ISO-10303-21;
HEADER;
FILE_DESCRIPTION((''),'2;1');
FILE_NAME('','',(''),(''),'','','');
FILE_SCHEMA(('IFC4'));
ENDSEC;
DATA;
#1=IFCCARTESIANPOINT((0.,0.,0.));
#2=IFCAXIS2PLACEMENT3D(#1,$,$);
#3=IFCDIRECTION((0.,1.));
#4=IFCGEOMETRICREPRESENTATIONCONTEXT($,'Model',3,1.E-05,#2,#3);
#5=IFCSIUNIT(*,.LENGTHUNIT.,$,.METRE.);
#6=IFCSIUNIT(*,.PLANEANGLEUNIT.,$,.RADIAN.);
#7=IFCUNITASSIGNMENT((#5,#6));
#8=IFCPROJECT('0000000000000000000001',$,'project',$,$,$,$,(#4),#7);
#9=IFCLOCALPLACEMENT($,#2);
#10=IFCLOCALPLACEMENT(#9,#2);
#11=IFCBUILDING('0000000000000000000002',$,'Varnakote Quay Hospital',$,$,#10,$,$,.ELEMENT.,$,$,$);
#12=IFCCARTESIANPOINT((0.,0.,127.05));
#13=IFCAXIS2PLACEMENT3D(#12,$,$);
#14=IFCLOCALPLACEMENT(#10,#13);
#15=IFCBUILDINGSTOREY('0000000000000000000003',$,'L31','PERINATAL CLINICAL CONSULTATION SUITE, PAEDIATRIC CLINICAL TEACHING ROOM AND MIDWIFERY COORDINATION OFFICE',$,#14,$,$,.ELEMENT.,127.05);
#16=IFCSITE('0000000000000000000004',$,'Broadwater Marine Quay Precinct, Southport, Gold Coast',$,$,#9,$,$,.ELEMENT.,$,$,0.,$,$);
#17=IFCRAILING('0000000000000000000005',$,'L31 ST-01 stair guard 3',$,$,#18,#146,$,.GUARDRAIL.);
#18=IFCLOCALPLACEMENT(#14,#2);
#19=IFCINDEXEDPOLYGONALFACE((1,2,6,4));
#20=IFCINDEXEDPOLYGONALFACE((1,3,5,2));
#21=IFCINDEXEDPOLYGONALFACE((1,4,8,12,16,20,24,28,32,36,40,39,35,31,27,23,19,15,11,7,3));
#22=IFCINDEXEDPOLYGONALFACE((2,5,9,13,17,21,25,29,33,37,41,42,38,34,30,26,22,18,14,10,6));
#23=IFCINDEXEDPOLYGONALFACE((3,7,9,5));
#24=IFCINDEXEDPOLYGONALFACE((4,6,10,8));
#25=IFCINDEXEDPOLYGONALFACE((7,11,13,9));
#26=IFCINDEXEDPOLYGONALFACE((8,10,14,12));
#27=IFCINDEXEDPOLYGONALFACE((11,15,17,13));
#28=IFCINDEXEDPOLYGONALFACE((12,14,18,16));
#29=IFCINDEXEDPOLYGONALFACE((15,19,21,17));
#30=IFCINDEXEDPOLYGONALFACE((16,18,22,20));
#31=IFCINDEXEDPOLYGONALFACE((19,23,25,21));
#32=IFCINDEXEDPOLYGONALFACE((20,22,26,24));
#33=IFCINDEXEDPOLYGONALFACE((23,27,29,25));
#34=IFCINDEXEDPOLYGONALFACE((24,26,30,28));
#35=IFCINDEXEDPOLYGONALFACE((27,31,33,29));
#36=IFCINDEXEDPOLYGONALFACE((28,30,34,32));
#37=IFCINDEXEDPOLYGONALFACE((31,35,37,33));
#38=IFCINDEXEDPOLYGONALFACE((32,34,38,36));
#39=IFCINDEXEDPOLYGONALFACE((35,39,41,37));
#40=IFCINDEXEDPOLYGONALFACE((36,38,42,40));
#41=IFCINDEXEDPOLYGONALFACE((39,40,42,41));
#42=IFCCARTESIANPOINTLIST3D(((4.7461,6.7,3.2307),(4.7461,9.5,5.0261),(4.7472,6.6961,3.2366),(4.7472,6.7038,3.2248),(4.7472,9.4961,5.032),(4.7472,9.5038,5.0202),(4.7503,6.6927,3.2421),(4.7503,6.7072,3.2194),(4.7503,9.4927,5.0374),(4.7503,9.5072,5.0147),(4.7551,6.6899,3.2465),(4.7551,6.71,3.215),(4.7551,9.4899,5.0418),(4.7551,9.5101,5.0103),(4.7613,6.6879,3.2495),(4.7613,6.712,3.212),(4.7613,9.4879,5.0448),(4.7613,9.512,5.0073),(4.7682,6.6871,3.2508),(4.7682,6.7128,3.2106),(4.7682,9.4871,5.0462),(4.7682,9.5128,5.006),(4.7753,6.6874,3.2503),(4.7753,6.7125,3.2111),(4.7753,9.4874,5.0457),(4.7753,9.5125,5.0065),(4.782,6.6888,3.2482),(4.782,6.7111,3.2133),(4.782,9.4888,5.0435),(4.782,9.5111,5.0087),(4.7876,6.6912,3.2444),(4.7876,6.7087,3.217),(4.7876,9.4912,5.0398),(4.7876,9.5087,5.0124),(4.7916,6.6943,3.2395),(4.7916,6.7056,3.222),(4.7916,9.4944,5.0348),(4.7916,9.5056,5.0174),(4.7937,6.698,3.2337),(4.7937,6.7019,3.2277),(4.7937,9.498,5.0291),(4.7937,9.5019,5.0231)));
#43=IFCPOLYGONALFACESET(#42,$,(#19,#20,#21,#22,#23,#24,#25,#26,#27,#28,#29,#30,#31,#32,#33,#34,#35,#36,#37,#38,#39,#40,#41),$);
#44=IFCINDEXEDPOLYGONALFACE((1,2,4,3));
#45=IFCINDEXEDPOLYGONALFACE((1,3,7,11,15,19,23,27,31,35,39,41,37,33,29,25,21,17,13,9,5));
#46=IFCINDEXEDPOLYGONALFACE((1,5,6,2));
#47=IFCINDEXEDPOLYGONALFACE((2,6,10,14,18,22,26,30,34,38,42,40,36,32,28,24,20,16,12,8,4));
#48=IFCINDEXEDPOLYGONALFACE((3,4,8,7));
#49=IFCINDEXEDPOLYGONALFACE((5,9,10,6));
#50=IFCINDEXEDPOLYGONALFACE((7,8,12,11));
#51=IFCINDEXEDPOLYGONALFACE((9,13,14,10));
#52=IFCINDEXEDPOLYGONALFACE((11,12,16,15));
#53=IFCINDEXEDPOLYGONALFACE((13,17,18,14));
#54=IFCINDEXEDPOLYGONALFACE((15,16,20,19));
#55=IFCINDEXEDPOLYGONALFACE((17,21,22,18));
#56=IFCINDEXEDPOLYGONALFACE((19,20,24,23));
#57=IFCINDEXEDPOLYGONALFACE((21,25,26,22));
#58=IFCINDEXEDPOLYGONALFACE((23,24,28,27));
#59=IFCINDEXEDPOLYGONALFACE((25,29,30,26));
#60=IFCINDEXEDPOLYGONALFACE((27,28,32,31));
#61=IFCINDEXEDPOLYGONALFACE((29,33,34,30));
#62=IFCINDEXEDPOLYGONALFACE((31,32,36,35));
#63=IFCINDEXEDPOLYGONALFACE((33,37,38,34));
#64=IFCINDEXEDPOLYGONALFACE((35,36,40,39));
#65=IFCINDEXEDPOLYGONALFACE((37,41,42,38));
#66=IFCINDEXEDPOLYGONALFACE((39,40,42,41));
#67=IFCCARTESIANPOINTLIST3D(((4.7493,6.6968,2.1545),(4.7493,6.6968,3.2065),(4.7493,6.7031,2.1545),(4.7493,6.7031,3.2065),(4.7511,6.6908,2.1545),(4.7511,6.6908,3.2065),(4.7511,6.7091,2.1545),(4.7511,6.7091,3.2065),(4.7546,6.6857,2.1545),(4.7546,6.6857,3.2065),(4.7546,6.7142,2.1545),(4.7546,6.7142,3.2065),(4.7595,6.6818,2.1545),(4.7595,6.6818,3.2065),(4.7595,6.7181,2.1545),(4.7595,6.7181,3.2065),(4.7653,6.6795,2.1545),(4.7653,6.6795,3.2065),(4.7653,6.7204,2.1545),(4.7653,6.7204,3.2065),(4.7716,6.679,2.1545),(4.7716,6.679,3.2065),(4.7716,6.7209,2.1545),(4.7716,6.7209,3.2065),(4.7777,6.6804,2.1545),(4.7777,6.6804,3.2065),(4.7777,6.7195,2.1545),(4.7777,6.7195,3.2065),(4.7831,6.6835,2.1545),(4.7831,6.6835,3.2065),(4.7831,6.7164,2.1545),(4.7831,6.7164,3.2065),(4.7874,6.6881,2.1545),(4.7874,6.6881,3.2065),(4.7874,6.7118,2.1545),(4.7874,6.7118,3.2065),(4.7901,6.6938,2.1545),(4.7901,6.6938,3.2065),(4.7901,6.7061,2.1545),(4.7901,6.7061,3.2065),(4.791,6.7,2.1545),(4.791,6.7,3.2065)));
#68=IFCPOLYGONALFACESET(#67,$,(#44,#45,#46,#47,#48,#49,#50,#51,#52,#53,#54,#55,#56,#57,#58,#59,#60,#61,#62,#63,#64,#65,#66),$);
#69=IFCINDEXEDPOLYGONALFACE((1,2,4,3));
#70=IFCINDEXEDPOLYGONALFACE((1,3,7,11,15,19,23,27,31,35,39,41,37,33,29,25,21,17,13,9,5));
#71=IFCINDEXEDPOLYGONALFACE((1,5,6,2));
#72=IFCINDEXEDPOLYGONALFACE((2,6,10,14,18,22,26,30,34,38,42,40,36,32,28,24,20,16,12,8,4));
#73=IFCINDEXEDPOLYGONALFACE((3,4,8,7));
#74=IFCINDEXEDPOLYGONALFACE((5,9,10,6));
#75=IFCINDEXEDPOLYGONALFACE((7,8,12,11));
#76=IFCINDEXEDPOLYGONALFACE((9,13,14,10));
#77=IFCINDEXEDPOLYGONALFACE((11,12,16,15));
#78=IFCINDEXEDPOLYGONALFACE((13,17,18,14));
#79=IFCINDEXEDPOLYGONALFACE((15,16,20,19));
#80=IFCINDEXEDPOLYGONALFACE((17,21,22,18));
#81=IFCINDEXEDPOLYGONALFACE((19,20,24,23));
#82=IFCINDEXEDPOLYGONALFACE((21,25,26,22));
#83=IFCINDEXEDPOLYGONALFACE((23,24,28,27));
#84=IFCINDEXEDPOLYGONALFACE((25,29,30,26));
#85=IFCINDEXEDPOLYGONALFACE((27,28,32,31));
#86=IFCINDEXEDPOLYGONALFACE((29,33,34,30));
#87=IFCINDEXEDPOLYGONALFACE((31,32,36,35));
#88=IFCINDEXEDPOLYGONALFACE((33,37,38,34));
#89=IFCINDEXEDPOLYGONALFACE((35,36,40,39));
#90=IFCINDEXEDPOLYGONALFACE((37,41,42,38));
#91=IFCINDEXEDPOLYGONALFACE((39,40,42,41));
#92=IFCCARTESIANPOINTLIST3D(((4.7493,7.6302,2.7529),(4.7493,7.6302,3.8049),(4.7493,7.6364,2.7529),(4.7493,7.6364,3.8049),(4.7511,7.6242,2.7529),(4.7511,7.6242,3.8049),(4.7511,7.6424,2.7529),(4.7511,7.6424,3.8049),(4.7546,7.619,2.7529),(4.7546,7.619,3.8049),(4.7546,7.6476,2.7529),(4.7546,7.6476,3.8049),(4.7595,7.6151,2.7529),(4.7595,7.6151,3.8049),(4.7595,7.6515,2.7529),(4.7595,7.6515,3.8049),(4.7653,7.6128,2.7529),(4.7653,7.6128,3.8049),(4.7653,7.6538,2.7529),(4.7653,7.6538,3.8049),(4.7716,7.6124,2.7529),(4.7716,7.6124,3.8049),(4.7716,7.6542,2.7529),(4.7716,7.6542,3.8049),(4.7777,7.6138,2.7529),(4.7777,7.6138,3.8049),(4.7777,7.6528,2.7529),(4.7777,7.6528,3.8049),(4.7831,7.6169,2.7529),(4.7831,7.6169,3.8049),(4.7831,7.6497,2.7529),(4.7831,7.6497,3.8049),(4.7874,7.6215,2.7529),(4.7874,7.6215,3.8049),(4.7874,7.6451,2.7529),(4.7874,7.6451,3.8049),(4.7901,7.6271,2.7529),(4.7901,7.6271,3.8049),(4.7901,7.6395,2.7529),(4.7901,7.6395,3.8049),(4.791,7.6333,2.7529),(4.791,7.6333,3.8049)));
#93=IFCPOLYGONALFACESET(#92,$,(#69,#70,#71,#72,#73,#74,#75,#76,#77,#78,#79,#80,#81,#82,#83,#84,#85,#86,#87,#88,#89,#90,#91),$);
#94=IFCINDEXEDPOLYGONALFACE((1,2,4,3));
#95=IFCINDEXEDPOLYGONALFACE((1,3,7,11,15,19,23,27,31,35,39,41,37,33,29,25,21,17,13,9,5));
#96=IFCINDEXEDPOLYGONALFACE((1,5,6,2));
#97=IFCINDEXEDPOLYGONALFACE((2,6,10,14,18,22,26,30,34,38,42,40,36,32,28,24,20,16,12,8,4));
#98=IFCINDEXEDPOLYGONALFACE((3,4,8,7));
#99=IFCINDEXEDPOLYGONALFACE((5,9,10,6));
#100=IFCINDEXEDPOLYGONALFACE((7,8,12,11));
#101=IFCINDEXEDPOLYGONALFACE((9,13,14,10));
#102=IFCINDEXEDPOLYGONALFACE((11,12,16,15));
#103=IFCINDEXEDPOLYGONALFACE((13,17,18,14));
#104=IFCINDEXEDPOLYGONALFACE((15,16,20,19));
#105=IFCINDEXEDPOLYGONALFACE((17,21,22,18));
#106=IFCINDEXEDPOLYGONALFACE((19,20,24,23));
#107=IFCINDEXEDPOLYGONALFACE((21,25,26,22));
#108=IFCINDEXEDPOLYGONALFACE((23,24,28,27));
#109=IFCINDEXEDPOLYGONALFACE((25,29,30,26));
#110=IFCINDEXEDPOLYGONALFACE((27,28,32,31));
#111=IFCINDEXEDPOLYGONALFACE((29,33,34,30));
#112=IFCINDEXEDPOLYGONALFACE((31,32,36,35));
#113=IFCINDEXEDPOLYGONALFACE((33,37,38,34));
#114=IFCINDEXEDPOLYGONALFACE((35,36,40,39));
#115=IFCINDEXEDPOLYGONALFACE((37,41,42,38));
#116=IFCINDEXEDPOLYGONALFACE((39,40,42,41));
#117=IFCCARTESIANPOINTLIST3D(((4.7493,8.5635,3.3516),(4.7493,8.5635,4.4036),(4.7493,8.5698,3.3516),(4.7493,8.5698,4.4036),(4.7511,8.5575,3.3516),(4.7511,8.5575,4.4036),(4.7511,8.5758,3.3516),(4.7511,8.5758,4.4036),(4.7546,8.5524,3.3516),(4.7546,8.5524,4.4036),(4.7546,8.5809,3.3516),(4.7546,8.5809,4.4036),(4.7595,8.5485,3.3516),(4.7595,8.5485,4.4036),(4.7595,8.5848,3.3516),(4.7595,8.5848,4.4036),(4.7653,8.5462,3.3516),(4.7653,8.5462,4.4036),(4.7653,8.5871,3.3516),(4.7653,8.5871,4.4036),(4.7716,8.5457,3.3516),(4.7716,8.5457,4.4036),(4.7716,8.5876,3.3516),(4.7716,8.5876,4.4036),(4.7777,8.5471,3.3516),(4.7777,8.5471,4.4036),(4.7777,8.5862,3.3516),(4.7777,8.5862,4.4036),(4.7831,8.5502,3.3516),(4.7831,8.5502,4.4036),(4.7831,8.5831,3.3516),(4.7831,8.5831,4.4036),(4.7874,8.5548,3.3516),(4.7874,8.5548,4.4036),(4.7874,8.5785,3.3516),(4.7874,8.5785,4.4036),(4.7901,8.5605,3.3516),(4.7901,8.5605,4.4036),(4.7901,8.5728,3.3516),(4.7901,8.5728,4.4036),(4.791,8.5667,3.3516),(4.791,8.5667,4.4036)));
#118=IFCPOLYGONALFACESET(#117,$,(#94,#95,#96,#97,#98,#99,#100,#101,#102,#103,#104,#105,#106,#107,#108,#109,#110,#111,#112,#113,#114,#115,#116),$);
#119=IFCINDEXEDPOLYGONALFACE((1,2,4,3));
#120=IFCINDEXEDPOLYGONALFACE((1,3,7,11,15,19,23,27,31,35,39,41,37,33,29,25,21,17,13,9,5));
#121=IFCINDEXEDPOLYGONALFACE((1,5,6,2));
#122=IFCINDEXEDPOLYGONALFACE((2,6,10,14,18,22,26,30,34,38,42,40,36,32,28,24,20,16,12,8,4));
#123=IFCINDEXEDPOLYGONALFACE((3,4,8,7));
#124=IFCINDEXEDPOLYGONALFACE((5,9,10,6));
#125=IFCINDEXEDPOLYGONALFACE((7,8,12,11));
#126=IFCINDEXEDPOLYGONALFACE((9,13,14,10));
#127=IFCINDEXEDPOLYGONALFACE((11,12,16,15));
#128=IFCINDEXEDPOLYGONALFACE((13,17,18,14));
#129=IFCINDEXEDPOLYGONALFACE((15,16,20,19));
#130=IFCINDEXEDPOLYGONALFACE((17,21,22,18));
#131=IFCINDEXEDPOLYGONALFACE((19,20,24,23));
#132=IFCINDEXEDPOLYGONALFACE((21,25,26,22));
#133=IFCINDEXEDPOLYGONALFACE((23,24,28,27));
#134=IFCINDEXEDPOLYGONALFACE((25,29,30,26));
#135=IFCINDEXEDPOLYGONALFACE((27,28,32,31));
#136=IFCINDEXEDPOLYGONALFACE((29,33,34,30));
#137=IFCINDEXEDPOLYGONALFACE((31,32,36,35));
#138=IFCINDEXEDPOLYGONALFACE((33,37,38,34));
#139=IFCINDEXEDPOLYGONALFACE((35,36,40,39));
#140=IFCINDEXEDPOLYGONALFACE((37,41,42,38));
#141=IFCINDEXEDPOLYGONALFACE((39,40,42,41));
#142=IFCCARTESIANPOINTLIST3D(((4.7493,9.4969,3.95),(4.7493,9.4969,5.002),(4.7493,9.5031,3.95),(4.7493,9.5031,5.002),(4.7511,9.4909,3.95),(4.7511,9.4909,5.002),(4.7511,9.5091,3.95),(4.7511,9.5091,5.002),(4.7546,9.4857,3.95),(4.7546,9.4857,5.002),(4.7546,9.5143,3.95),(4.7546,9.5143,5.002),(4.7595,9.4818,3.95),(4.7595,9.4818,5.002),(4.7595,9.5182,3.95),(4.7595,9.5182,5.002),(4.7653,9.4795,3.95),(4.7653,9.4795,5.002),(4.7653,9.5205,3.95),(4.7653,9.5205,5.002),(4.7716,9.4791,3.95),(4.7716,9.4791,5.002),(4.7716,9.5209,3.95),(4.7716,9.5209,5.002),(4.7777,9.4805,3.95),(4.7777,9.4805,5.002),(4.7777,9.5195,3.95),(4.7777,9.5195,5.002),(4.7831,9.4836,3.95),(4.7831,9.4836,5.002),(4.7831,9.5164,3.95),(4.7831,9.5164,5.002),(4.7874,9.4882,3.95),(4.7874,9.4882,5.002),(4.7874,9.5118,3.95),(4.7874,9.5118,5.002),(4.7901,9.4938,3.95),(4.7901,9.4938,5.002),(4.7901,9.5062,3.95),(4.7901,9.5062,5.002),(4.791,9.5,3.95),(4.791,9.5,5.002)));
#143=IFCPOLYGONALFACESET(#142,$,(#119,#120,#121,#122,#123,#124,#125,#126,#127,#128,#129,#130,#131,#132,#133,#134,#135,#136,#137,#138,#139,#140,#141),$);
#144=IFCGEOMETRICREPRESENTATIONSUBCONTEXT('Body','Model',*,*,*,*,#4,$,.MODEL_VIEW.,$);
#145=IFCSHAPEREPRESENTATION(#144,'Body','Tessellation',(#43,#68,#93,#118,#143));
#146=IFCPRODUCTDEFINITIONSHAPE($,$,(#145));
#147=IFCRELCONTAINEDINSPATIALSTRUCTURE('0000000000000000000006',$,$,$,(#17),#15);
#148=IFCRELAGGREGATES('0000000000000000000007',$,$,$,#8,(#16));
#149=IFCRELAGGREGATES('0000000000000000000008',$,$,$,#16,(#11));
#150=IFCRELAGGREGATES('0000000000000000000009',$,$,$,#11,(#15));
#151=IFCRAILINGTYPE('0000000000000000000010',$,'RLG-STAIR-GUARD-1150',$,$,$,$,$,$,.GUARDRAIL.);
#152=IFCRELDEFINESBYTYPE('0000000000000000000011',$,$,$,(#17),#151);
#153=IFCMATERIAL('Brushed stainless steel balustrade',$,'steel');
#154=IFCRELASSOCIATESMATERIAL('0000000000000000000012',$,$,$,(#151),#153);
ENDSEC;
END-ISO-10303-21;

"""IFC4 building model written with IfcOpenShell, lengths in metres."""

from ifc_helpers import new_model, si_unit, direction, frame, origin, origin_2d, place, context, subcontext, project, spatial, circle, extrude, material, type_object, element, save


model = new_model("IFC4")

# Units and contexts
model_context = context("Model", 3, precision=1e-05, world=origin(), true_north=direction((0.0, 1.0)))
body_context = subcontext(model_context, "Body", "Model", "MODEL_VIEW")
ifc_project = project(units=[si_unit("LENGTHUNIT", "METRE"), si_unit("PLANEANGLEUNIT", "RADIAN")], contexts=[model_context])

# Site, building, storey
site_placement = place(None, origin())
site = spatial("IfcSite", under=ifc_project, at=site_placement, Name="Broadwater Marine Quay Precinct, Southport, Gold Coast", CompositionType="ELEMENT", RefElevation=0.0)
building_placement = place(site_placement, origin())
building = spatial("IfcBuilding", under=site, at=building_placement, Name="Varnakote Quay Hospital", CompositionType="ELEMENT")
storey_placement = place(building_placement, frame((0.0, 0.0, 127.05)))
storey = spatial("IfcBuildingStorey", under=building, at=storey_placement, Name="L31", Description="PERINATAL CLINICAL CONSULTATION SUITE, PAEDIATRIC CLINICAL TEACHING ROOM AND MIDWIFERY COORDINATION OFFICE", CompositionType="ELEMENT", Elevation=127.05)

# Railing
ifc_material_1 = material(Name="Brushed stainless steel balustrade", Category="steel")
railing_type_1 = type_object("IfcRailingType", Name="RLG-STAIR-GUARD-1150", PredefinedType="GUARDRAIL", material=ifc_material_1)
railing_1_placement = place(storey_placement, frame((4.77, 6.7, 2.1545)))
element("IfcRailing", 1, at=railing_1_placement, inside=storey, type_object=railing_type_1, Name="L31 ST-01 stair guard 3", PredefinedType="GUARDRAIL", context=body_context, shape_type="SweptSolid", body=[
    extrude(circle(Radius=0.0239, at=origin_2d()), frame((0.0, 0.0, 1.0762), z_axis=(0.0, 0.84181, 0.539774), x_axis=(-1.0, 0.0, 0.0)), (0.0, 0.0, 1.0), 3.3262),
    extrude(circle(Radius=0.021, at=origin_2d()), origin(), (0.0, 0.0, 1.0), 1.052),
    extrude(circle(Radius=0.021, at=origin_2d()), frame((0.0, 0.9333, 0.5984)), (0.0, 0.0, 1.0), 1.052),
    extrude(circle(Radius=0.021, at=origin_2d()), frame((0.0, 1.8667, 1.197)), (0.0, 0.0, 1.0), 1.052),
    extrude(circle(Radius=0.021, at=origin_2d()), frame((0.0, 2.8, 1.7954)), (0.0, 0.0, 1.0), 1.052),
])

save(model, "model.ifc")
